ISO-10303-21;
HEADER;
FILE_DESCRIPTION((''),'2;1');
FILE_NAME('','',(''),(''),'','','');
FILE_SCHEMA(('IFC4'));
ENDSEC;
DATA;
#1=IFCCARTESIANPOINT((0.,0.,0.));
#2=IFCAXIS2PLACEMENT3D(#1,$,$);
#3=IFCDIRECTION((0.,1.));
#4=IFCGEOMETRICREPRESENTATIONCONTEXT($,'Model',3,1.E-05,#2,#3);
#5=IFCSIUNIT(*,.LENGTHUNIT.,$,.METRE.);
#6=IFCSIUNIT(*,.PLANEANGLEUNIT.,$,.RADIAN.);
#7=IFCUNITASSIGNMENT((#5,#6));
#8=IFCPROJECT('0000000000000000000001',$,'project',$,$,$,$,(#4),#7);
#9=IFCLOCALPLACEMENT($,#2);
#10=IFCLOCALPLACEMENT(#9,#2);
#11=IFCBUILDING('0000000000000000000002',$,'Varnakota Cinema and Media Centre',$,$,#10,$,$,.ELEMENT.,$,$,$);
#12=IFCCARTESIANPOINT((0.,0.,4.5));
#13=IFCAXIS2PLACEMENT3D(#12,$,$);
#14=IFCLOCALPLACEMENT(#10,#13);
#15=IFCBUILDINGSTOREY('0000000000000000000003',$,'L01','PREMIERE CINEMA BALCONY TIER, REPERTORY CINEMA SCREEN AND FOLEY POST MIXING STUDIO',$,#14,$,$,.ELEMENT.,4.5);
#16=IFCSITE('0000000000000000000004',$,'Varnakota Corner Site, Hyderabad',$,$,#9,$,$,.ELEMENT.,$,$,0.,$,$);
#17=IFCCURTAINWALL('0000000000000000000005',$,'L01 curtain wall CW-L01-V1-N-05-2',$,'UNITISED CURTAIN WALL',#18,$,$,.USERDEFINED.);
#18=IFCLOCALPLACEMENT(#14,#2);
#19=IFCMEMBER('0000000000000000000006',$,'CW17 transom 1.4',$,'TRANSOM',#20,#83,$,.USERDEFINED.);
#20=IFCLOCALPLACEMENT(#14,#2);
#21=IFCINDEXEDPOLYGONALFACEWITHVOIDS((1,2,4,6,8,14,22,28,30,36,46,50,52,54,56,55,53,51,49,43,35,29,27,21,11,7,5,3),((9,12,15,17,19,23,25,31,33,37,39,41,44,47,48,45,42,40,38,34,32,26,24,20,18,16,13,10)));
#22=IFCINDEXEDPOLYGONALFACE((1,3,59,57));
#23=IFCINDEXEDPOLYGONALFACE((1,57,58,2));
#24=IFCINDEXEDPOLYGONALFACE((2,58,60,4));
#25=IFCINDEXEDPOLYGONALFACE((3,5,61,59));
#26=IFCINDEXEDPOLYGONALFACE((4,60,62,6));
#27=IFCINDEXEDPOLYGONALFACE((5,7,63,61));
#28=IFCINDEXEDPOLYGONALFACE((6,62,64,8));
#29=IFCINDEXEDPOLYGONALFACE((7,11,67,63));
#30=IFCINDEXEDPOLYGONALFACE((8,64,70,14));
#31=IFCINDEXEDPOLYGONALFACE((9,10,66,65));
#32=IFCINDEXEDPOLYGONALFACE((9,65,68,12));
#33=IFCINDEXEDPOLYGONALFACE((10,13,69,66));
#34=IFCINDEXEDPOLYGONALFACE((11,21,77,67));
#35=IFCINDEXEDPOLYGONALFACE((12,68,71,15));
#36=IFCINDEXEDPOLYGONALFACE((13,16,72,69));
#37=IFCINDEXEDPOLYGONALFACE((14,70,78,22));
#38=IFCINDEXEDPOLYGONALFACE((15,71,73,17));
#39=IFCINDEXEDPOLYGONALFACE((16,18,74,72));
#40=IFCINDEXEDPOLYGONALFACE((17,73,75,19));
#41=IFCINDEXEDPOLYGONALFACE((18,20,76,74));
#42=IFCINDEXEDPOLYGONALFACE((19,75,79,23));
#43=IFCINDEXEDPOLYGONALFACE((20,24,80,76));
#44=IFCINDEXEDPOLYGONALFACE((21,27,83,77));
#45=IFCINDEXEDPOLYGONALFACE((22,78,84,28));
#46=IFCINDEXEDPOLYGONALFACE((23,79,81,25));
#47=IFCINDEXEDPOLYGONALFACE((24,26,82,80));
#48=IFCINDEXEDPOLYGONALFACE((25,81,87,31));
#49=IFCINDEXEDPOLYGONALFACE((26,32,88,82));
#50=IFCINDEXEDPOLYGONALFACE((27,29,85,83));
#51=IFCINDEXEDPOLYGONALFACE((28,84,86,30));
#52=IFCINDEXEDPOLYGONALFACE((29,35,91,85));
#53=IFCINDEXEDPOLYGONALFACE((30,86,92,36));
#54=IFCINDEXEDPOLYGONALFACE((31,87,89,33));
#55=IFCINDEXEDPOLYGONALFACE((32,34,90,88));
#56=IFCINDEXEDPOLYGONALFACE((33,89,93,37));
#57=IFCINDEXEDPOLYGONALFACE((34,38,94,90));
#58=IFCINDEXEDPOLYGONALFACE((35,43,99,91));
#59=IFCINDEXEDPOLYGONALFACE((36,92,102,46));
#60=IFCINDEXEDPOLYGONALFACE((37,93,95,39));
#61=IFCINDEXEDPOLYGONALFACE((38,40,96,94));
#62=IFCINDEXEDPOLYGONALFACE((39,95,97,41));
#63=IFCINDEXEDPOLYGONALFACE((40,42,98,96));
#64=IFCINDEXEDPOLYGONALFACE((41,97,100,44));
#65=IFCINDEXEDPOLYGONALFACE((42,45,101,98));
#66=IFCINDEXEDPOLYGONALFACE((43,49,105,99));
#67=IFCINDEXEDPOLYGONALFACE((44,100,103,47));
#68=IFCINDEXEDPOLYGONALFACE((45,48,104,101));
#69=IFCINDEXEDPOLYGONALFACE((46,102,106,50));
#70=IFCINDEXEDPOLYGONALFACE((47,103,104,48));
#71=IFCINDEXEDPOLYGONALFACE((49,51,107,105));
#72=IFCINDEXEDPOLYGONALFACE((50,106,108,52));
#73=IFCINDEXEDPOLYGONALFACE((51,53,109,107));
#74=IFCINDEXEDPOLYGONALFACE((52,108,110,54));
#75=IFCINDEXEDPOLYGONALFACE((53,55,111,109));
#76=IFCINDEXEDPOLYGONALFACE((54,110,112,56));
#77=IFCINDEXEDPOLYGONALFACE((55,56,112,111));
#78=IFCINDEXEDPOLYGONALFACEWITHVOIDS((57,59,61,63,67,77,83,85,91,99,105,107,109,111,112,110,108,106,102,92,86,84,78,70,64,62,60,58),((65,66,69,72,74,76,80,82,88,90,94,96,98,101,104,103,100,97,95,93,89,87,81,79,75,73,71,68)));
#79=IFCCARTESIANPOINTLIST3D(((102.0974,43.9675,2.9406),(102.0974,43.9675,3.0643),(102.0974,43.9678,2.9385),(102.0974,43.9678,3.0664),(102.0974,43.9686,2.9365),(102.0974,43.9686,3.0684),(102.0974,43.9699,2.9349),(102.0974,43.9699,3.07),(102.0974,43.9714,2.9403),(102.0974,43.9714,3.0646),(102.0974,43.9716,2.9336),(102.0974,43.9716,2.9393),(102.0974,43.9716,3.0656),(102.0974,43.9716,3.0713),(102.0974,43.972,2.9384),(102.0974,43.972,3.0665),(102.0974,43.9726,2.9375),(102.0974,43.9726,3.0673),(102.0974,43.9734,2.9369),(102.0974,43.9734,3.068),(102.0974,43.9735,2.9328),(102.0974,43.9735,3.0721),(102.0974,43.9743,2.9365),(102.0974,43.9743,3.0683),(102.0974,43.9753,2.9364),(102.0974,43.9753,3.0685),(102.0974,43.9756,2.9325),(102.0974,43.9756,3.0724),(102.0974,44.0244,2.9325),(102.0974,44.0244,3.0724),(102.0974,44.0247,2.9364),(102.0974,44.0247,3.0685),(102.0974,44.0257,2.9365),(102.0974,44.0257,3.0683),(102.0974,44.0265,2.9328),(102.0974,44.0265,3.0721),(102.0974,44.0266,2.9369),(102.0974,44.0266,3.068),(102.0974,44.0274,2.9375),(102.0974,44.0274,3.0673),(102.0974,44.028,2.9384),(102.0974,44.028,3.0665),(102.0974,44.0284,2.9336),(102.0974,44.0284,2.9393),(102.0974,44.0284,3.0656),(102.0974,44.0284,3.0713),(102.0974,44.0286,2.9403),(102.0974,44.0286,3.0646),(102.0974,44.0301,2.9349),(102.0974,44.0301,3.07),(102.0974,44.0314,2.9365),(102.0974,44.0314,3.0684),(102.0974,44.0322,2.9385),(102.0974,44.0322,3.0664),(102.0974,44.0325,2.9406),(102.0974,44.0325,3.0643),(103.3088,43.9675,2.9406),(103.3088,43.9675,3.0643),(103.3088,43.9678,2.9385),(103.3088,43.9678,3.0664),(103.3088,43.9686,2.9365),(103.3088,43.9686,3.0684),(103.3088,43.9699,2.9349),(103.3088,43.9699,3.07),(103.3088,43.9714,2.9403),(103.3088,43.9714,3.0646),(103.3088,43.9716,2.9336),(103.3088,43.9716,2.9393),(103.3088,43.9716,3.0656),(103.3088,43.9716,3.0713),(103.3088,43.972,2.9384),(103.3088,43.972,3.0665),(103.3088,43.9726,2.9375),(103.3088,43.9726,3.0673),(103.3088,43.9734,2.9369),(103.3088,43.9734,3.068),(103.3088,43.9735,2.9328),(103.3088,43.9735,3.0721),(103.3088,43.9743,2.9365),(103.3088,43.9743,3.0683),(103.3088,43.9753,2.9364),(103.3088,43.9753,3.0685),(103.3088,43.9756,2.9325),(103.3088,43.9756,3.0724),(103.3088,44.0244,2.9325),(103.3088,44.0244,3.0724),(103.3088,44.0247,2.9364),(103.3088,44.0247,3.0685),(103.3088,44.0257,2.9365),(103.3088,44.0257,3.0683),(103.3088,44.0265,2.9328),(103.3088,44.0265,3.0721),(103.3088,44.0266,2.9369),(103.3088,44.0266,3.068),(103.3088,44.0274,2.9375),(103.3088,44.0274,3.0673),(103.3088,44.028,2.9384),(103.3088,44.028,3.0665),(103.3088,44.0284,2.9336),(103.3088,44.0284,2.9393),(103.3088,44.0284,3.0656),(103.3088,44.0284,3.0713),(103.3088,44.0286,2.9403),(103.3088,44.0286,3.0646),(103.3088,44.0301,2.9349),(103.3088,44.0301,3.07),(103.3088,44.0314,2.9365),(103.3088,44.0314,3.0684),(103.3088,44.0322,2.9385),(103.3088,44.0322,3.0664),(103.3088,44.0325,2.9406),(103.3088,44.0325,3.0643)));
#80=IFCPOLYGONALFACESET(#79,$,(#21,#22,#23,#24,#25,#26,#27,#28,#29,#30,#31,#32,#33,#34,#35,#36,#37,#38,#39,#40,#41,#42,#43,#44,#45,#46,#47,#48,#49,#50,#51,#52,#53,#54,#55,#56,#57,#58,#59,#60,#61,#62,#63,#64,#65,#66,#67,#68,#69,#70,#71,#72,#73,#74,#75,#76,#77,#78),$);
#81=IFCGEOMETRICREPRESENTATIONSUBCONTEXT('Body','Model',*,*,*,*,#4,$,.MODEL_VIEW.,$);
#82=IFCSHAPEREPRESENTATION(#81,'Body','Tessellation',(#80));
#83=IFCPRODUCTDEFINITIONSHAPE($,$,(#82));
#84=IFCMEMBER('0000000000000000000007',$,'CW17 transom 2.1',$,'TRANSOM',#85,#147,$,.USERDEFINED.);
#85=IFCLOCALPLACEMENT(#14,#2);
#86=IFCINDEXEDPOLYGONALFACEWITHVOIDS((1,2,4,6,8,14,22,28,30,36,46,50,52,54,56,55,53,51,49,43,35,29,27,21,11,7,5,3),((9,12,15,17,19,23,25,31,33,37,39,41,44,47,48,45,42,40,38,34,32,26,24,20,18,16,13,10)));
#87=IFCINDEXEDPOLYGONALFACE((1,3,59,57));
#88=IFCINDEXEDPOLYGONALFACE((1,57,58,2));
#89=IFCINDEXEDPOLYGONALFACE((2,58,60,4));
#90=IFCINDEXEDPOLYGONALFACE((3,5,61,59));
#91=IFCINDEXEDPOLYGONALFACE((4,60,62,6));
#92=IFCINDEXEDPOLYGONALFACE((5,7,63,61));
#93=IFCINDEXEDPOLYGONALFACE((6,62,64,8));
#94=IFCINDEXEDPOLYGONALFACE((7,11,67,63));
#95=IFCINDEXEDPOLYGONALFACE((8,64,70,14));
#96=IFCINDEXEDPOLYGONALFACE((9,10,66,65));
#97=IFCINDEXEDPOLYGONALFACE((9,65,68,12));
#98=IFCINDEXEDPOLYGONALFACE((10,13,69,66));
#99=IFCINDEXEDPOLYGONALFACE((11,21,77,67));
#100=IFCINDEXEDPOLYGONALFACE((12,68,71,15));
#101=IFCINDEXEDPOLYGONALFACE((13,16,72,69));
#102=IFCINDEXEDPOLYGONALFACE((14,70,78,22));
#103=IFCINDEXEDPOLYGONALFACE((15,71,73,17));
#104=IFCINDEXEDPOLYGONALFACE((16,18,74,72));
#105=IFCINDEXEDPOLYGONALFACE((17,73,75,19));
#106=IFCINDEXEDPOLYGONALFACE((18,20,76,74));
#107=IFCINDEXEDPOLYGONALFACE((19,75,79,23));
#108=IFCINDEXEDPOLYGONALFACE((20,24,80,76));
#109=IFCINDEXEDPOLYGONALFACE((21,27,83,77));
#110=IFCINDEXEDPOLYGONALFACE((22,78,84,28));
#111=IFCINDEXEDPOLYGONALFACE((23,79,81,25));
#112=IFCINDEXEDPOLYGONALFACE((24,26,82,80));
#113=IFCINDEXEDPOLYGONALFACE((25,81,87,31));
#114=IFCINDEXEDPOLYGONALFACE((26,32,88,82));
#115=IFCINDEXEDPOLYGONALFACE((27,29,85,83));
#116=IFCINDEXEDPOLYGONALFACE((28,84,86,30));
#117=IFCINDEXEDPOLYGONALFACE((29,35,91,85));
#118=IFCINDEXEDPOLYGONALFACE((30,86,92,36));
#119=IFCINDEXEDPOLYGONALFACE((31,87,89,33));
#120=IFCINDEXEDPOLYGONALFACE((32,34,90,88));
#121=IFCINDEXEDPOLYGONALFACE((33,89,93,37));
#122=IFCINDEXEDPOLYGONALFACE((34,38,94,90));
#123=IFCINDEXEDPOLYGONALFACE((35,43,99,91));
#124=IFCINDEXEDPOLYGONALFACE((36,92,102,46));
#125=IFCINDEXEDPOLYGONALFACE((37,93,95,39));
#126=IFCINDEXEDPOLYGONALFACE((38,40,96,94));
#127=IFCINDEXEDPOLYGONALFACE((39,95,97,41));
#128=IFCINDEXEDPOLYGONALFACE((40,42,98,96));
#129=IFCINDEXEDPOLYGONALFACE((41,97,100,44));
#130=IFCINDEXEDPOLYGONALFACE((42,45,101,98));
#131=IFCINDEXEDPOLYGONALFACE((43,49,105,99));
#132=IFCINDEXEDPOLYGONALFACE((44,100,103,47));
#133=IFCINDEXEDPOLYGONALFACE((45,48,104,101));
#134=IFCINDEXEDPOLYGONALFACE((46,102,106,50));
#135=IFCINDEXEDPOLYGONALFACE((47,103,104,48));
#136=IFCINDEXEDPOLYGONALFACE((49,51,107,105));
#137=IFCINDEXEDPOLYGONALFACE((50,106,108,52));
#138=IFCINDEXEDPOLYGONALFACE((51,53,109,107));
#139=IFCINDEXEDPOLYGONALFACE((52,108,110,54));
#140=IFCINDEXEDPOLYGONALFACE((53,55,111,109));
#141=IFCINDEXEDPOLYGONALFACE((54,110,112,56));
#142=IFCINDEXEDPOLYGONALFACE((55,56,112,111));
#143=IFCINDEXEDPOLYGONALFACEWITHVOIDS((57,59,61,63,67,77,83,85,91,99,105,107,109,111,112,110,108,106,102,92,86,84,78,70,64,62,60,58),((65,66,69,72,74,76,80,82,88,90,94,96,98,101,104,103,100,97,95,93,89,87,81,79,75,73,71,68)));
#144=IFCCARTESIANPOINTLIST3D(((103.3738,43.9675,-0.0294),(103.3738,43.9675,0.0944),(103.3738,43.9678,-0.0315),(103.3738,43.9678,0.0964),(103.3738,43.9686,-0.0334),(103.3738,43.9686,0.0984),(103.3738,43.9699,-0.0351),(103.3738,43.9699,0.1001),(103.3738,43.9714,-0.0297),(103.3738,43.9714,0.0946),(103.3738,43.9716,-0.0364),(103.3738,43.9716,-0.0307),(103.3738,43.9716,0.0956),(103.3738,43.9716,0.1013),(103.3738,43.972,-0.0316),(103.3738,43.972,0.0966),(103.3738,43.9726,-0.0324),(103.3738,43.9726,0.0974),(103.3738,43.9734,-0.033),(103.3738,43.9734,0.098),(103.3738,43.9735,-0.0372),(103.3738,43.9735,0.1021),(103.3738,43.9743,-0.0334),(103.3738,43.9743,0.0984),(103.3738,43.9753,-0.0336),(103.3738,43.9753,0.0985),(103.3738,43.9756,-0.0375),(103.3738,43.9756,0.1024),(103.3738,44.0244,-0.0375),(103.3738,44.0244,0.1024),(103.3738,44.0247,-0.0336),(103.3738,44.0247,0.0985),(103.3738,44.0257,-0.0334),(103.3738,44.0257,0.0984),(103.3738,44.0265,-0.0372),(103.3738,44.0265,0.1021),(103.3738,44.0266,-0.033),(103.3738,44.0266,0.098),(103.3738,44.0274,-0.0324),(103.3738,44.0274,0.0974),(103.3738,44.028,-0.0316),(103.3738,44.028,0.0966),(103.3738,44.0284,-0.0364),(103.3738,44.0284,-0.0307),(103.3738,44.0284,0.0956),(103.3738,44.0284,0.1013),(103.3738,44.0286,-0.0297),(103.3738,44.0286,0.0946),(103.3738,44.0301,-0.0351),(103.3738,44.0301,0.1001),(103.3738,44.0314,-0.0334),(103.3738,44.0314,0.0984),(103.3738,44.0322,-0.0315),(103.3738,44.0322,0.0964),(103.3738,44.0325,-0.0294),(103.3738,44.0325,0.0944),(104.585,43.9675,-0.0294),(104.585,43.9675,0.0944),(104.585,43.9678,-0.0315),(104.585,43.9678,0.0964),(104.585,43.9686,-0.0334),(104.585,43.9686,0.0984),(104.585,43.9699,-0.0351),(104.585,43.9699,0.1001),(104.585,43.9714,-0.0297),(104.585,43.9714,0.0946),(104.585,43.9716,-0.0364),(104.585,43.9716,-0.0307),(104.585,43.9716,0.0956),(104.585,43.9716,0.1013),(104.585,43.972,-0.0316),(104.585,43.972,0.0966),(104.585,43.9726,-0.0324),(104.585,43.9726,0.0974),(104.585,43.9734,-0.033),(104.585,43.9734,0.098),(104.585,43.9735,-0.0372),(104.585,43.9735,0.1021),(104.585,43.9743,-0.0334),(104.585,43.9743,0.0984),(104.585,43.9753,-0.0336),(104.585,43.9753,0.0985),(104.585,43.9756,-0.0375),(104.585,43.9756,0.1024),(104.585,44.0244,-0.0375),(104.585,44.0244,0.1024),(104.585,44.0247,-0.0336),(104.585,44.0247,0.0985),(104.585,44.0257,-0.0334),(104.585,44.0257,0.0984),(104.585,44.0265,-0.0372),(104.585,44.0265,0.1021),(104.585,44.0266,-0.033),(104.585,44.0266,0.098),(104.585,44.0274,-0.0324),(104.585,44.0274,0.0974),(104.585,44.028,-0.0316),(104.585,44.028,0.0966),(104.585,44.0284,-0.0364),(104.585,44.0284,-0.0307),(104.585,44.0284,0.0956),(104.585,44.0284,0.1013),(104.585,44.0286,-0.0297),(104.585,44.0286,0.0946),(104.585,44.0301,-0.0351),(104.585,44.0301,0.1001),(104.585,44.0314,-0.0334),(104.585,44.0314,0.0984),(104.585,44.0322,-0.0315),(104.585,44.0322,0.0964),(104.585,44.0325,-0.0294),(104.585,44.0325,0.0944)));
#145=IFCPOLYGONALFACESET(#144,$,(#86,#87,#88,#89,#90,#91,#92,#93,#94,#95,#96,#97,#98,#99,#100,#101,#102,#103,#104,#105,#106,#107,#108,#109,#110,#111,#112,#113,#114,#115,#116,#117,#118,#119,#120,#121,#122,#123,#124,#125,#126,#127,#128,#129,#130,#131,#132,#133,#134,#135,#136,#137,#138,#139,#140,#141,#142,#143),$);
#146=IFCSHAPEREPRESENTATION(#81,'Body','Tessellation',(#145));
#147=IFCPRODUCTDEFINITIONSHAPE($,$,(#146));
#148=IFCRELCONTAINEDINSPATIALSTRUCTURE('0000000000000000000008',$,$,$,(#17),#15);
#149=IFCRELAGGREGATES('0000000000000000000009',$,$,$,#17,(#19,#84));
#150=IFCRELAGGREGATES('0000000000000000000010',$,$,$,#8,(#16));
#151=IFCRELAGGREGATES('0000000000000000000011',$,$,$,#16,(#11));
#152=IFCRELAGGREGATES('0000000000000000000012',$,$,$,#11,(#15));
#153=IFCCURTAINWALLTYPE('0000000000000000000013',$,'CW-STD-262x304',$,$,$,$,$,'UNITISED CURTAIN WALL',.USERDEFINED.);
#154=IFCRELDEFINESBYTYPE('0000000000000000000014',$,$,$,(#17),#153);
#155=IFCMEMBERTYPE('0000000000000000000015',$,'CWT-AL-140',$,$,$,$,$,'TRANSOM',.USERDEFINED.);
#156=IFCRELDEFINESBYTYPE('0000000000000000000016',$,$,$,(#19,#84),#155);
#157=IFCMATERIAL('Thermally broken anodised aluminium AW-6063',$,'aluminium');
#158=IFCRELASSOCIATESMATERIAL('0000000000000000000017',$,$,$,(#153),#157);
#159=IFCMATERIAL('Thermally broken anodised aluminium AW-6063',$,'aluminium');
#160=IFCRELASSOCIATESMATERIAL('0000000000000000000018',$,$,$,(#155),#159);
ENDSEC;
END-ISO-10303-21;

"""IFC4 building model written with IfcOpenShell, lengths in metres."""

from ifc_helpers import new_model, si_unit, direction, frame, origin, origin_2d, place, context, subcontext, project, spatial, hollow_rectangle, extrude, material, material_profile, profile_set, type_object, element, aggregate, save


model = new_model("IFC4")

# Units and contexts
model_context = context("Model", 3, precision=1e-05, world=origin(), true_north=direction((0.0, 1.0)))
body_context = subcontext(model_context, "Body", "Model", "MODEL_VIEW")
ifc_project = project(units=[si_unit("LENGTHUNIT", "METRE"), si_unit("PLANEANGLEUNIT", "RADIAN")], contexts=[model_context])

# Site, building, storey
site_placement = place(None, origin())
site = spatial("IfcSite", under=ifc_project, at=site_placement, Name="Varnakota Corner Site, Hyderabad", CompositionType="ELEMENT", RefElevation=0.0)
building_placement = place(site_placement, origin())
building = spatial("IfcBuilding", under=site, at=building_placement, Name="Varnakota Cinema and Media Centre", CompositionType="ELEMENT")
storey_placement = place(building_placement, frame((0.0, 0.0, 4.5)))
storey = spatial("IfcBuildingStorey", under=building, at=storey_placement, Name="L01", Description="PREMIERE CINEMA BALCONY TIER, REPERTORY CINEMA SCREEN AND FOLEY POST MIXING STUDIO", CompositionType="ELEMENT", Elevation=4.5)

# Curtain wall
ifc_material_1 = material(Name="Thermally broken anodised aluminium AW-6063", Category="aluminium")
curtain_wall_type = type_object("IfcCurtainWallType", Name="CW-STD-262x304", ElementType="UNITISED CURTAIN WALL", PredefinedType="USERDEFINED", material=ifc_material_1)
curtain_wall_1_placement = place(storey_placement, origin())
curtain_wall_1 = element("IfcCurtainWall", 1, at=curtain_wall_1_placement, inside=storey, type_object=curtain_wall_type, Name="L01 curtain wall CW-L01-V1-N-05-2", ObjectType="UNITISED CURTAIN WALL", PredefinedType="USERDEFINED")

# Members
ifc_material_2 = material(Name="Thermally broken anodised aluminium AW-6063", Category="aluminium")
ifc_material_profile_1 = material_profile(ifc_material_2, hollow_rectangle(XDim=0.0649, YDim=0.1399, WallThickness=0.0039, InnerFilletRadius=0.0039, OuterFilletRadius=0.0081, at=origin_2d()), Name="AL-TRANSOM 140x65x4")
ifc_profile_set_1 = profile_set([ifc_material_profile_1], Name="Thermally broken anodised aluminium AW-6063")
member_type_1 = type_object("IfcMemberType", Name="CWT-AL-140", ElementType="TRANSOM", PredefinedType="USERDEFINED", material=ifc_profile_set_1)
member_1_placement = place(storey_placement, frame((102.0974, 44.0, 3.0024), z_axis=(1.0, 0.0, 0.0), x_axis=(0.0, 1.0, 0.0)))
member_1 = element("IfcMember", 2, at=member_1_placement, type_object=member_type_1, Name="CW17 transom 1.4", ObjectType="TRANSOM", PredefinedType="USERDEFINED", context=body_context, shape_type="SweptSolid", body=[
    extrude(hollow_rectangle(XDim=0.0649, YDim=0.1399, WallThickness=0.0039, InnerFilletRadius=0.0039, OuterFilletRadius=0.0081, at=origin_2d()), origin(), (0.0, 0.0, 1.0), 1.2114),
])
member_2_placement = place(storey_placement, frame((103.3738, 44.0, 0.0325), z_axis=(1.0, 0.0, 0.0), x_axis=(0.0, 1.0, 0.0)))
member_2 = element("IfcMember", 3, at=member_2_placement, type_object=member_type_1, Name="CW17 transom 2.1", ObjectType="TRANSOM", PredefinedType="USERDEFINED", context=body_context, shape_type="SweptSolid", body=[
    extrude(hollow_rectangle(XDim=0.0649, YDim=0.1399, WallThickness=0.0039, InnerFilletRadius=0.0039, OuterFilletRadius=0.0081, at=origin_2d()), origin(), (0.0, 0.0, 1.0), 1.2112),
])

aggregate(curtain_wall_1, [member_1, member_2])

save(model, "model.ifc")
